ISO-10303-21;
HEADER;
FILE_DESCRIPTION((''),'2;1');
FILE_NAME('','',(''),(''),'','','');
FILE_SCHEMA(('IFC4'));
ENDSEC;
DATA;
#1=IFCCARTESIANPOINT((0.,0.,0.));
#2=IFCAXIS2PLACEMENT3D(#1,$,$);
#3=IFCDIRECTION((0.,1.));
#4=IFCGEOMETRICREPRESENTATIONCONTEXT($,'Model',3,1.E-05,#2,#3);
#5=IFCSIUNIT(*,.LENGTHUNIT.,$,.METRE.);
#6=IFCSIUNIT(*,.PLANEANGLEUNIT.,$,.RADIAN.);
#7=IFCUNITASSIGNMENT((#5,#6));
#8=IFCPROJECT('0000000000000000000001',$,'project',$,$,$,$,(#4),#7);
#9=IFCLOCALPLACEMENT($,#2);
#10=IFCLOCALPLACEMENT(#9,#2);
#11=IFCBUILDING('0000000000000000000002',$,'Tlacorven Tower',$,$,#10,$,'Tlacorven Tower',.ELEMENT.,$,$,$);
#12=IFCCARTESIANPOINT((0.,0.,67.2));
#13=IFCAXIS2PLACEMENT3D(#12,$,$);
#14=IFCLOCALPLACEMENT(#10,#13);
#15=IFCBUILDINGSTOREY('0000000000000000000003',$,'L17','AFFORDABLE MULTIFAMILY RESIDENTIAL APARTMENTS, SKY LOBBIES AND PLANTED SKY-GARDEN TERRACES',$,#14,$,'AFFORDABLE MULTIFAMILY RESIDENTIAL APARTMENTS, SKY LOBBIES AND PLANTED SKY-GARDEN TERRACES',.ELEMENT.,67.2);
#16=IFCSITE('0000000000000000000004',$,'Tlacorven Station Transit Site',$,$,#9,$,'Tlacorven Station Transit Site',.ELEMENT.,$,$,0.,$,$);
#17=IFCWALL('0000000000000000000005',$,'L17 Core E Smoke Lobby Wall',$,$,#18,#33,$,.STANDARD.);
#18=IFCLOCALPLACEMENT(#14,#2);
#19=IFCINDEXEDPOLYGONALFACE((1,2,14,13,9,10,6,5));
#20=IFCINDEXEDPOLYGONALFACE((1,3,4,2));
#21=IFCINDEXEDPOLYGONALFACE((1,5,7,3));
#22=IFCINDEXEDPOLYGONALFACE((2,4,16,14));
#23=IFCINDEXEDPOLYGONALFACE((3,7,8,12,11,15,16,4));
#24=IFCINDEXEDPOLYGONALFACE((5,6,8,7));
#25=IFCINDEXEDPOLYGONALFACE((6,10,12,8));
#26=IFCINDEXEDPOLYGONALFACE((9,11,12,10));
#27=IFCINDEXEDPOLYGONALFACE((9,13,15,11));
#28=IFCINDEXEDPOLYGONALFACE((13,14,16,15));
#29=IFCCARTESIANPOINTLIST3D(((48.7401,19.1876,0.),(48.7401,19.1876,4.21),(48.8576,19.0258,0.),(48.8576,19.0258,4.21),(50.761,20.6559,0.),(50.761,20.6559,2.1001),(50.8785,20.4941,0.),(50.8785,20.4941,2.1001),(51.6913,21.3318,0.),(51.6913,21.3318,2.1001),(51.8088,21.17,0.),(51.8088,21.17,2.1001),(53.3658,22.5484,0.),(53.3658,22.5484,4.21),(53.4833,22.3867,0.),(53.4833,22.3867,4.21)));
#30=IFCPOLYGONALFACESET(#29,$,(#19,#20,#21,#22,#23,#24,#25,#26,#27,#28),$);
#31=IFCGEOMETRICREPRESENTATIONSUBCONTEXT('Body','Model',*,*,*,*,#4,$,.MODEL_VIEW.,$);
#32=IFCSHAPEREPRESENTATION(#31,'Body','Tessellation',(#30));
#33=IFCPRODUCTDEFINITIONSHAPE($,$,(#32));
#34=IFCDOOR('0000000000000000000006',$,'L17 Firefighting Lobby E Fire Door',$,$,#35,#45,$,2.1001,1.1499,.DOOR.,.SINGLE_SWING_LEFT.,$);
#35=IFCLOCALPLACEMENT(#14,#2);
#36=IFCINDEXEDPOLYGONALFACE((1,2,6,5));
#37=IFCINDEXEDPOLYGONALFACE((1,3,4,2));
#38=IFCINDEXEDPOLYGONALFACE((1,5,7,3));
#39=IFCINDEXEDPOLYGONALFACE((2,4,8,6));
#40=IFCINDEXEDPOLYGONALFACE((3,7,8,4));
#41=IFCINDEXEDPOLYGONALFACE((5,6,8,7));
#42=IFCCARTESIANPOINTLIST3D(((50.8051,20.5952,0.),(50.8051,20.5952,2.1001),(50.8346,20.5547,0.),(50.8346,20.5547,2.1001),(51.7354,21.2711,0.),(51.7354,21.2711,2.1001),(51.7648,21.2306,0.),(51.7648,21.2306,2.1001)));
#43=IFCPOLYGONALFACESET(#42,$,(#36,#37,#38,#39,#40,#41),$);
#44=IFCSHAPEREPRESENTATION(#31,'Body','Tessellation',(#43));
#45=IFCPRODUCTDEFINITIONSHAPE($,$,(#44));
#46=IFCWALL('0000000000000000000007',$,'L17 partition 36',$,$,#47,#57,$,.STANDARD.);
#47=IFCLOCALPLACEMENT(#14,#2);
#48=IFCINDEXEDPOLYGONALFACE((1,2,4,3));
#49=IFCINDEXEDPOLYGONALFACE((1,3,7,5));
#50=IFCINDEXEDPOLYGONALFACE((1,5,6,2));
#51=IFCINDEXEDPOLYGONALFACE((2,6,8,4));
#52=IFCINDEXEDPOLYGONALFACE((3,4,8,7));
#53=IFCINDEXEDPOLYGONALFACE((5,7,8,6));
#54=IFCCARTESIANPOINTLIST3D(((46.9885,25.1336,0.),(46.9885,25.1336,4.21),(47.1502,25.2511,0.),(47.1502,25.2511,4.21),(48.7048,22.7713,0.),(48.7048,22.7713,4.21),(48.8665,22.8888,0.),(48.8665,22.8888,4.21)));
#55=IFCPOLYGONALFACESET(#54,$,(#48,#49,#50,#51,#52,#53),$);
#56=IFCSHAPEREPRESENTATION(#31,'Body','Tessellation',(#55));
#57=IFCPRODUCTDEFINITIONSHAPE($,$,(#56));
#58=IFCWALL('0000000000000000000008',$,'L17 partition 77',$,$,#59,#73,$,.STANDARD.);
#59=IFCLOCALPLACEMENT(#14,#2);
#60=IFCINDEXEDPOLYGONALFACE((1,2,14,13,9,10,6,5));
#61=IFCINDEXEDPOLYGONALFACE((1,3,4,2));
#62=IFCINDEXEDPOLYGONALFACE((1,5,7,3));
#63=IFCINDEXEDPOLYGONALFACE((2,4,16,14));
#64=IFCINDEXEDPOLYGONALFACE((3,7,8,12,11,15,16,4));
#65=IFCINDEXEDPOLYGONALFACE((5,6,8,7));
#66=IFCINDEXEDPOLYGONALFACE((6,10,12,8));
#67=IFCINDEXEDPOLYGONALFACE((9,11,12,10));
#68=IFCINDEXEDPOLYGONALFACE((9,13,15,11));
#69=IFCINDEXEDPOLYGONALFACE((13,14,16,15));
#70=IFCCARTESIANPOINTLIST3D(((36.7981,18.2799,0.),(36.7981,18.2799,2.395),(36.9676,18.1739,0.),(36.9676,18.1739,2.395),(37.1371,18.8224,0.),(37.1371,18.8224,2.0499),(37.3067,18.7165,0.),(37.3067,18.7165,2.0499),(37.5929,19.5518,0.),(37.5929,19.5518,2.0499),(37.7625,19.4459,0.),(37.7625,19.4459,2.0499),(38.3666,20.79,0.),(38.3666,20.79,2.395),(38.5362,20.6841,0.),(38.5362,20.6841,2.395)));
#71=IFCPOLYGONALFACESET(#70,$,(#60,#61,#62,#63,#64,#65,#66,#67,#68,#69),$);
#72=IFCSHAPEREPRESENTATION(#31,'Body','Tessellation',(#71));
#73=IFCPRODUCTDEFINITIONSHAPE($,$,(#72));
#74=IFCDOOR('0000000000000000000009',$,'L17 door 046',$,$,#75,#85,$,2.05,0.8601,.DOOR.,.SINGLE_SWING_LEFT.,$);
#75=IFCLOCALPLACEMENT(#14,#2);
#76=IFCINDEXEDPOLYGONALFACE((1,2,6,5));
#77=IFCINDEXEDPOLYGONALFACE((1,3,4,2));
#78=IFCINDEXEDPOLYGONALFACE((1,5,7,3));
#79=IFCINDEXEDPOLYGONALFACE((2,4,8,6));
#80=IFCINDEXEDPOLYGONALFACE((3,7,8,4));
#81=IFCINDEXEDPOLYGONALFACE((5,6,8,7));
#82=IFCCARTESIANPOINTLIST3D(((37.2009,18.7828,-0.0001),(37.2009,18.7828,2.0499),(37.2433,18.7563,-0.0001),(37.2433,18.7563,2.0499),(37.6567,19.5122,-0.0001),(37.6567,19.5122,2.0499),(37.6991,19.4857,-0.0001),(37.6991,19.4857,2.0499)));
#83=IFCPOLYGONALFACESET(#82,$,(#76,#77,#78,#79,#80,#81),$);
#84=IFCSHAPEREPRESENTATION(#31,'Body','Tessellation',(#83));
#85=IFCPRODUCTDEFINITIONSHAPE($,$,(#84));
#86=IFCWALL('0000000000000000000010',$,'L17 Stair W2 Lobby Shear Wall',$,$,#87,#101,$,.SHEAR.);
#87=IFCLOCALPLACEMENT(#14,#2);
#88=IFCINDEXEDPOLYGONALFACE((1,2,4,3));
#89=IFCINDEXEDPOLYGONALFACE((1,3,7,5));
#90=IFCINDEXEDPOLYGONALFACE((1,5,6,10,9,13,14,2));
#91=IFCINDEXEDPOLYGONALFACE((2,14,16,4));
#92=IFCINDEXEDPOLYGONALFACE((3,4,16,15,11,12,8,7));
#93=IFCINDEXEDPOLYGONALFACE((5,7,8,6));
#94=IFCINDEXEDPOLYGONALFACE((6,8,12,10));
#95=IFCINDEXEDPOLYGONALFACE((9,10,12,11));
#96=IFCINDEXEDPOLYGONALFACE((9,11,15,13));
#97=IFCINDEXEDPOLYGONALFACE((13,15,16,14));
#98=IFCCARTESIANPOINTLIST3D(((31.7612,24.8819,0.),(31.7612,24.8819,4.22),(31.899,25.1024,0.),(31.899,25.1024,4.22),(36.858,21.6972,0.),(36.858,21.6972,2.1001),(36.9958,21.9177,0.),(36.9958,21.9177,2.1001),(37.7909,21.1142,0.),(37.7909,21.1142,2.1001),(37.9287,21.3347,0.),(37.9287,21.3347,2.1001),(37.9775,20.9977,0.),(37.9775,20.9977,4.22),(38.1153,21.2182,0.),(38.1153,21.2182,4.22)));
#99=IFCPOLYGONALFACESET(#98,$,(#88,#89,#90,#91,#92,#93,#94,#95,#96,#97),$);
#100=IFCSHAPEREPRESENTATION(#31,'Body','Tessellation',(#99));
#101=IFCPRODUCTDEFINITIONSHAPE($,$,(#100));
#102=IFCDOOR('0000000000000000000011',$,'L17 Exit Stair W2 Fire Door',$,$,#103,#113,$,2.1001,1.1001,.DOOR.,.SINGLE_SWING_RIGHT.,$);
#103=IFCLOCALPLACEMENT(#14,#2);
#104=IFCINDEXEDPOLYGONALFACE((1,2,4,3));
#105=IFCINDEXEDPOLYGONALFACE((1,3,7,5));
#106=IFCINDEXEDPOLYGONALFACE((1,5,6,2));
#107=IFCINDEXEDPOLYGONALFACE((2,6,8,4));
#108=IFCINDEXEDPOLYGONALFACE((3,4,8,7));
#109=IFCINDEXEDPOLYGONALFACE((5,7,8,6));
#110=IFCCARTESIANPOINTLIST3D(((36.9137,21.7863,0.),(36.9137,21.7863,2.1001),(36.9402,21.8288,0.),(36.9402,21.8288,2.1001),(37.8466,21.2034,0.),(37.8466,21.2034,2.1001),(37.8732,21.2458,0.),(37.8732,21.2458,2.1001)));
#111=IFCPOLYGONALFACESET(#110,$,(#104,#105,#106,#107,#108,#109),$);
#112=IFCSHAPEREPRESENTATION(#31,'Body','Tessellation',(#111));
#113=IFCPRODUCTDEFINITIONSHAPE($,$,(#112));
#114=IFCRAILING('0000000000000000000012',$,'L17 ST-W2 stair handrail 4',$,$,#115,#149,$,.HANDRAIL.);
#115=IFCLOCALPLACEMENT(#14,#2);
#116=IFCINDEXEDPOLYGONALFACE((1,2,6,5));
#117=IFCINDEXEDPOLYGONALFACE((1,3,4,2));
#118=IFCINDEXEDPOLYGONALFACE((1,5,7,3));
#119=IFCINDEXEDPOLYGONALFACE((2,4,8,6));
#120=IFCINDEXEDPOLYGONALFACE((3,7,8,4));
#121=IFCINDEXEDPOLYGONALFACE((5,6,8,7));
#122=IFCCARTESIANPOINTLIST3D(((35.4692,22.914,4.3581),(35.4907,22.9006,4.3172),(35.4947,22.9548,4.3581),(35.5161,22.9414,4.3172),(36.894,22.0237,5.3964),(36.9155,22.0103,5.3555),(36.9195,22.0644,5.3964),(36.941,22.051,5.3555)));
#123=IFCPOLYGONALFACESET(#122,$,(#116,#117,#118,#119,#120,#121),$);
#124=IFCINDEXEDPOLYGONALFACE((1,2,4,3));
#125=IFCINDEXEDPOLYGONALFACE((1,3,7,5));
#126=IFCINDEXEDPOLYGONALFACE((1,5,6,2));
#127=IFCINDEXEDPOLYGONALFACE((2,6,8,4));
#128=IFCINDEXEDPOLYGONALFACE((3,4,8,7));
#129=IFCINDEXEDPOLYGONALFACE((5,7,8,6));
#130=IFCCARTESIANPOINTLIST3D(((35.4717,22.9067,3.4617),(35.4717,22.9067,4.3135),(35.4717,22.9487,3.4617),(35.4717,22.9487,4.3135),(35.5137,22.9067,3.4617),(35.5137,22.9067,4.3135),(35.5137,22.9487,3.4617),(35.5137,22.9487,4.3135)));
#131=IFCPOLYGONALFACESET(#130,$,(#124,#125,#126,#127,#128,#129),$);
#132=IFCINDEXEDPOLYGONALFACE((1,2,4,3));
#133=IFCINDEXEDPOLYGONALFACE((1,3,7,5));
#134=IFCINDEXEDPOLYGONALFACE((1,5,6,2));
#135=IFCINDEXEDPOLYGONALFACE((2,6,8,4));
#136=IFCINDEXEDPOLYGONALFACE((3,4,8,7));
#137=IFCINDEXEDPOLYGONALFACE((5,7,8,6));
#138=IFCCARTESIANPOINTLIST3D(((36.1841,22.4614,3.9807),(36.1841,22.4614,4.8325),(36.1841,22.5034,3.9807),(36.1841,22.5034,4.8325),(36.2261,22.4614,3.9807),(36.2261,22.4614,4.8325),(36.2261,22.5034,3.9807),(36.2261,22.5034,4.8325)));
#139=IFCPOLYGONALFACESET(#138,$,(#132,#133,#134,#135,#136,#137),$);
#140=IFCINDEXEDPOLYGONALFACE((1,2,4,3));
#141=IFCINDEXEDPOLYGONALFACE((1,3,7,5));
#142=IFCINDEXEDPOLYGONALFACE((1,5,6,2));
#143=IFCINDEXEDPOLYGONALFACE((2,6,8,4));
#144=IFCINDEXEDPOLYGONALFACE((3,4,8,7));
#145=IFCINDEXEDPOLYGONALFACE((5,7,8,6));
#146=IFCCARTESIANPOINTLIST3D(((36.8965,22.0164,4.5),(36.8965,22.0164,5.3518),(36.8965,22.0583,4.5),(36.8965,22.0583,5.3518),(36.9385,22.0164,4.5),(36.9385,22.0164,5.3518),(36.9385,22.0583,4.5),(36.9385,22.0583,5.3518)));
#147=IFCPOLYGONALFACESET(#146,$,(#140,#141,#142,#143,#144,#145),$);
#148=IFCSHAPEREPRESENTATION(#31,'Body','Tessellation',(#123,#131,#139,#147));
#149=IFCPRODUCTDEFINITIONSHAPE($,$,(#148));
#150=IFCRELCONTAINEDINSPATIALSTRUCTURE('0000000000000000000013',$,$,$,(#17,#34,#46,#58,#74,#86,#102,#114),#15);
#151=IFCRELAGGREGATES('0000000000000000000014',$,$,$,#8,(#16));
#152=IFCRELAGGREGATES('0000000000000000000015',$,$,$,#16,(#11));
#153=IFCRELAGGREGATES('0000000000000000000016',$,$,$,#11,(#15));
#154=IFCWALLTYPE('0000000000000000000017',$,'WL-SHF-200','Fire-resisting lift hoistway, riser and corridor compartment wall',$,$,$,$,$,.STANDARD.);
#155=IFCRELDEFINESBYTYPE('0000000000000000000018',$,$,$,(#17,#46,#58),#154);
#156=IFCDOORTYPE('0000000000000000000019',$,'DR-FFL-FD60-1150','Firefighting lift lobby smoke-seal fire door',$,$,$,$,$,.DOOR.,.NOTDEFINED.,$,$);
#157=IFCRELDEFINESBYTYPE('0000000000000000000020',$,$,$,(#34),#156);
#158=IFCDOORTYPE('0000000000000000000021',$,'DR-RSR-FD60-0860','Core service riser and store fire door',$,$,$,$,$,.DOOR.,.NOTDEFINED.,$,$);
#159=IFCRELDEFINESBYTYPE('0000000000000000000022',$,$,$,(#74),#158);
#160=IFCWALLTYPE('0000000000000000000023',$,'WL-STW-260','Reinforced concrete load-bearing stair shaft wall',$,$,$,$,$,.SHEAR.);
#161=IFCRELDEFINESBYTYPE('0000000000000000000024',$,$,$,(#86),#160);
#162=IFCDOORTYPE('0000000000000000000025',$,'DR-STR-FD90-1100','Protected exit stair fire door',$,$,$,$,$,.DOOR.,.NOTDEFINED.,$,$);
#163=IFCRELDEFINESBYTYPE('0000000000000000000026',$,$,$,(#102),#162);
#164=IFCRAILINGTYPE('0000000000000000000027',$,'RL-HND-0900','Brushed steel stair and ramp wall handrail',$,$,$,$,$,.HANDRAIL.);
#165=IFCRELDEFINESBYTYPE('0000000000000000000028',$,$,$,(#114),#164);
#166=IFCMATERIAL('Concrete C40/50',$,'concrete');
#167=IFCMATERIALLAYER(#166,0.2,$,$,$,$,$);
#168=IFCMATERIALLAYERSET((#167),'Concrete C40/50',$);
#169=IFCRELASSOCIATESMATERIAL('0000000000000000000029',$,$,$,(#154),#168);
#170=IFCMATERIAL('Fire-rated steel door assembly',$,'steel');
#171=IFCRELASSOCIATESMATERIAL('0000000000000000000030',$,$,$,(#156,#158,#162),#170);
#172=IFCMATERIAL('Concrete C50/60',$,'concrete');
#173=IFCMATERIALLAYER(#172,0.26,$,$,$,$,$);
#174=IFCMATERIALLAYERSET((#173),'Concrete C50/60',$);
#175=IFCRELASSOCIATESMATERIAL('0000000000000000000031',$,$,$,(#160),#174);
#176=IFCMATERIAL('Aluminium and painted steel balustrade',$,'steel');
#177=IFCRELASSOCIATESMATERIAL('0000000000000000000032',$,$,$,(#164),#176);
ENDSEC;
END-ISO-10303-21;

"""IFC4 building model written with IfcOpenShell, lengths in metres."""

from ifc_helpers import new_model, si_unit, direction, frame, frame_2d, origin, origin_2d, place, context, subcontext, project, spatial, rectangle, extrude, source, transform, mapped, material, layer, layer_set, type_object, element, fill, save


model = new_model("IFC4")

# Units and contexts
model_context = context("Model", 3, precision=1e-05, world=origin(), true_north=direction((0.0, 1.0)))
body_context = subcontext(model_context, "Body", "Model", "MODEL_VIEW")
ifc_project = project(units=[si_unit("LENGTHUNIT", "METRE"), si_unit("PLANEANGLEUNIT", "RADIAN")], contexts=[model_context])

# Site, building, storey
site_placement = place(None, origin())
site = spatial("IfcSite", under=ifc_project, at=site_placement, Name="Tlacorven Station Transit Site", LongName="Tlacorven Station Transit Site", CompositionType="ELEMENT", RefElevation=0.0)
building_placement = place(site_placement, origin())
building = spatial("IfcBuilding", under=site, at=building_placement, Name="Tlacorven Tower", LongName="Tlacorven Tower", CompositionType="ELEMENT")
storey_placement = place(building_placement, frame((0.0, 0.0, 67.2)))
storey = spatial("IfcBuildingStorey", under=building, at=storey_placement, Name="L17", Description="AFFORDABLE MULTIFAMILY RESIDENTIAL APARTMENTS, SKY LOBBIES AND PLANTED SKY-GARDEN TERRACES", LongName="AFFORDABLE MULTIFAMILY RESIDENTIAL APARTMENTS, SKY LOBBIES AND PLANTED SKY-GARDEN TERRACES", CompositionType="ELEMENT", Elevation=67.2)

# Wall, opening, door
ifc_material_1 = material(Name="Concrete C40/50", Category="concrete")
ifc_layer_1 = layer(ifc_material_1, 0.2)
ifc_layer_set_1 = layer_set([ifc_layer_1], Name="Concrete C40/50")
wall_type_1 = type_object("IfcWallType", Name="WL-SHF-200", Description="Fire-resisting lift hoistway, riser and corridor compartment wall", PredefinedType="STANDARD", material=ifc_layer_set_1)
ifc_material_2 = material(Name="Fire-rated steel door assembly", Category="steel")
door_type_1 = type_object("IfcDoorType", Name="DR-FFL-FD60-1150", Description="Firefighting lift lobby smoke-seal fire door", OperationType="NOTDEFINED", PredefinedType="DOOR", material=ifc_material_2)
shared_shape_1 = source(origin(), body_context, "Body", "SweptSolid", [
    extrude(rectangle(XDim=1.1499, YDim=2.1001, at=frame_2d((0.575, 1.05))), frame((0.0, 0.0249, 0.0), z_axis=(0.0, -1.0, 0.0), x_axis=(1.0, 0.0, 0.0)), (0.0, 0.0, 1.0), 0.05),
])
wall_1_placement = place(storey_placement, frame((48.7988, 19.1067, 0.0), z_axis=(0.0, 0.0, 1.0), x_axis=(0.809013, 0.587791, 0.0)))
wall_1 = element("IfcWall", 1, at=wall_1_placement, inside=storey, type_object=wall_type_1, Name="L17 Core E Smoke Lobby Wall", PredefinedType="STANDARD", context=body_context, shape_type="SweptSolid", body=[
    extrude(rectangle(XDim=5.7178, YDim=0.2, at=frame_2d((2.8589, 0.0))), origin(), (0.0, 0.0, 1.0), 4.21),
])
opening_1_placement = place(wall_1_placement, frame((2.498, 0.0, 0.0)))
opening_1 = element("IfcOpeningElement", 2, at=opening_1_placement, cuts=wall_1, PredefinedType="OPENING", context=body_context, shape_type="SweptSolid", body=[
    extrude(rectangle(XDim=1.1499, YDim=2.1001, at=frame_2d((0.575, 1.05))), frame((0.0, 0.1099, 0.0), z_axis=(0.0, -1.0, 0.0), x_axis=(1.0, 0.0, 0.0)), (0.0, 0.0, 1.0), 0.22),
])
door_1_placement = place(opening_1_placement, origin())
door_1 = element("IfcDoor", 3, at=door_1_placement, inside=storey, type_object=door_type_1, Name="L17 Firefighting Lobby E Fire Door", OperationType="SINGLE_SWING_LEFT", OverallHeight=2.1001, OverallWidth=1.1499, PredefinedType="DOOR", context=body_context, shape_type="MappedRepresentation", body=[
    mapped(shared_shape_1, transform((0.0, 0.0, 0.0), scale=1.0)),
])
fill(opening_1, door_1)

# Wall
wall_2_placement = place(storey_placement, frame((48.7856, 22.8301, 0.0), z_axis=(0.0, 0.0, 1.0), x_axis=(-0.587784, 0.809018, 0.0)))
element("IfcWall", 4, at=wall_2_placement, inside=storey, type_object=wall_type_1, Name="L17 partition 36", PredefinedType="STANDARD", context=body_context, shape_type="SweptSolid", body=[
    extrude(rectangle(XDim=2.9199, YDim=0.2, at=frame_2d((1.46, 0.0))), origin(), (0.0, 0.0, 1.0), 4.21),
])

# Walls, openings, doors
wall_3_placement = place(storey_placement, frame((38.4514, 20.7371, 0.0), z_axis=(0.0, 0.0, 1.0), x_axis=(-0.529925, -0.848045, 0.0)))
wall_3 = element("IfcWall", 5, at=wall_3_placement, inside=storey, type_object=wall_type_1, Name="L17 partition 77", PredefinedType="STANDARD", context=body_context, shape_type="SweptSolid", body=[
    extrude(rectangle(XDim=2.96, YDim=0.2, at=frame_2d((1.48, 0.0))), origin(), (0.0, 0.0, 1.0), 2.395),
])
opening_2_placement = place(wall_3_placement, frame((1.46, 0.0, 0.0)))
opening_2 = element("IfcOpeningElement", 6, at=opening_2_placement, cuts=wall_3, PredefinedType="OPENING", context=body_context, shape_type="SweptSolid", body=[
    extrude(rectangle(XDim=0.8601, YDim=2.05, at=frame_2d((0.4302, 1.0249))), frame((0.0, 0.1099, 0.0), z_axis=(0.0, -1.0, 0.0), x_axis=(1.0, 0.0, 0.0)), (0.0, 0.0, 1.0), 0.22),
])
door_type_2 = type_object("IfcDoorType", Name="DR-RSR-FD60-0860", Description="Core service riser and store fire door", OperationType="NOTDEFINED", PredefinedType="DOOR", material=ifc_material_2)
shared_shape_2 = source(origin(), body_context, "Body", "SweptSolid", [
    extrude(rectangle(XDim=0.8601, YDim=2.05, at=frame_2d((0.4302, 1.0249))), frame((0.0, 0.0249, 0.0), z_axis=(0.0, -1.0, 0.0), x_axis=(1.0, 0.0, 0.0)), (0.0, 0.0, 1.0), 0.05),
])
door_2_placement = place(opening_2_placement, frame((0.8601, 0.0, 0.0), z_axis=(0.0, 0.0, 1.0), x_axis=(-1.0, 0.0, 0.0)))
door_2 = element("IfcDoor", 7, at=door_2_placement, inside=storey, type_object=door_type_2, Name="L17 door 046", OperationType="SINGLE_SWING_LEFT", OverallHeight=2.05, OverallWidth=0.8601, PredefinedType="DOOR", context=body_context, shape_type="MappedRepresentation", body=[
    mapped(shared_shape_2, transform((0.0, 0.0, 0.0), scale=1.0)),
])
fill(opening_2, door_2)
ifc_material_3 = material(Name="Concrete C50/60", Category="concrete")
ifc_layer_2 = layer(ifc_material_3, 0.26)
ifc_layer_set_2 = layer_set([ifc_layer_2], Name="Concrete C50/60")
wall_type_2 = type_object("IfcWallType", Name="WL-STW-260", Description="Reinforced concrete load-bearing stair shaft wall", PredefinedType="SHEAR", material=ifc_layer_set_2)
wall_4_placement = place(storey_placement, frame((38.0464, 21.1079, 0.0), z_axis=(0.0, 0.0, 1.0), x_axis=(-0.848054, 0.529909, 0.0)))
wall_4 = element("IfcWall", 8, at=wall_4_placement, inside=storey, type_object=wall_type_2, Name="L17 Stair W2 Lobby Shear Wall", PredefinedType="SHEAR", context=body_context, shape_type="SweptSolid", body=[
    extrude(rectangle(XDim=7.3301, YDim=0.26, at=frame_2d((3.665, 0.0))), origin(), (0.0, 0.0, 1.0), 4.22),
])
opening_3_placement = place(wall_4_placement, frame((0.22, 0.0, 0.0)))
opening_3 = element("IfcOpeningElement", 9, at=opening_3_placement, cuts=wall_4, PredefinedType="OPENING", context=body_context, shape_type="SweptSolid", body=[
    extrude(rectangle(XDim=1.1001, YDim=2.1001, at=frame_2d((0.55, 1.05))), frame((0.0, 0.1401, 0.0), z_axis=(0.0, -1.0, 0.0), x_axis=(1.0, 0.0, 0.0)), (0.0, 0.0, 1.0), 0.28),
])
door_type_3 = type_object("IfcDoorType", Name="DR-STR-FD90-1100", Description="Protected exit stair fire door", OperationType="NOTDEFINED", PredefinedType="DOOR", material=ifc_material_2)
shared_shape_3 = source(origin(), body_context, "Body", "SweptSolid", [
    extrude(rectangle(XDim=1.1001, YDim=2.1001, at=frame_2d((0.55, 1.05))), frame((0.0, 0.0249, 0.0), z_axis=(0.0, -1.0, 0.0), x_axis=(1.0, 0.0, 0.0)), (0.0, 0.0, 1.0), 0.05),
])
door_3_placement = place(opening_3_placement, origin())
door_3 = element("IfcDoor", 10, at=door_3_placement, inside=storey, type_object=door_type_3, Name="L17 Exit Stair W2 Fire Door", OperationType="SINGLE_SWING_RIGHT", OverallHeight=2.1001, OverallWidth=1.1001, PredefinedType="DOOR", context=body_context, shape_type="MappedRepresentation", body=[
    mapped(shared_shape_3, transform((0.0, 0.0, 0.0), scale=1.0)),
])
fill(opening_3, door_3)

# Railing
ifc_material_4 = material(Name="Aluminium and painted steel balustrade", Category="steel")
railing_type = type_object("IfcRailingType", Name="RL-HND-0900", Description="Brushed steel stair and ramp wall handrail", PredefinedType="HANDRAIL", material=ifc_material_4)
shared_shape_4 = source(origin(), body_context, "Body", "SweptSolid", [
    extrude(rectangle(XDim=0.0481, YDim=0.0481, at=origin_2d()), frame((0.0, 0.0, 0.876), z_axis=(0.721388, -0.450805, 0.525713), x_axis=(0.529947, 0.848031, 0.0)), (0.0, 0.0, 1.0), 1.9751),
    extrude(rectangle(XDim=0.042, YDim=0.042, at=origin_2d()), origin(), (0.0, 0.0, 1.0), 0.8518),
    extrude(rectangle(XDim=0.042, YDim=0.042, at=origin_2d()), frame((0.7124, -0.4453, 0.519)), (0.0, 0.0, 1.0), 0.8518),
    extrude(rectangle(XDim=0.042, YDim=0.042, at=origin_2d()), frame((1.4248, -0.8904, 1.0383)), (0.0, 0.0, 1.0), 0.8518),
])
railing_placement = place(storey_placement, frame((35.4927, 22.9277, 3.4617)))
element("IfcRailing", 11, at=railing_placement, inside=storey, type_object=railing_type, Name="L17 ST-W2 stair handrail 4", PredefinedType="HANDRAIL", context=body_context, shape_type="MappedRepresentation", body=[
    mapped(shared_shape_4, transform((0.0, 0.0, 0.0), scale=1.0)),
])

save(model, "model.ifc")
